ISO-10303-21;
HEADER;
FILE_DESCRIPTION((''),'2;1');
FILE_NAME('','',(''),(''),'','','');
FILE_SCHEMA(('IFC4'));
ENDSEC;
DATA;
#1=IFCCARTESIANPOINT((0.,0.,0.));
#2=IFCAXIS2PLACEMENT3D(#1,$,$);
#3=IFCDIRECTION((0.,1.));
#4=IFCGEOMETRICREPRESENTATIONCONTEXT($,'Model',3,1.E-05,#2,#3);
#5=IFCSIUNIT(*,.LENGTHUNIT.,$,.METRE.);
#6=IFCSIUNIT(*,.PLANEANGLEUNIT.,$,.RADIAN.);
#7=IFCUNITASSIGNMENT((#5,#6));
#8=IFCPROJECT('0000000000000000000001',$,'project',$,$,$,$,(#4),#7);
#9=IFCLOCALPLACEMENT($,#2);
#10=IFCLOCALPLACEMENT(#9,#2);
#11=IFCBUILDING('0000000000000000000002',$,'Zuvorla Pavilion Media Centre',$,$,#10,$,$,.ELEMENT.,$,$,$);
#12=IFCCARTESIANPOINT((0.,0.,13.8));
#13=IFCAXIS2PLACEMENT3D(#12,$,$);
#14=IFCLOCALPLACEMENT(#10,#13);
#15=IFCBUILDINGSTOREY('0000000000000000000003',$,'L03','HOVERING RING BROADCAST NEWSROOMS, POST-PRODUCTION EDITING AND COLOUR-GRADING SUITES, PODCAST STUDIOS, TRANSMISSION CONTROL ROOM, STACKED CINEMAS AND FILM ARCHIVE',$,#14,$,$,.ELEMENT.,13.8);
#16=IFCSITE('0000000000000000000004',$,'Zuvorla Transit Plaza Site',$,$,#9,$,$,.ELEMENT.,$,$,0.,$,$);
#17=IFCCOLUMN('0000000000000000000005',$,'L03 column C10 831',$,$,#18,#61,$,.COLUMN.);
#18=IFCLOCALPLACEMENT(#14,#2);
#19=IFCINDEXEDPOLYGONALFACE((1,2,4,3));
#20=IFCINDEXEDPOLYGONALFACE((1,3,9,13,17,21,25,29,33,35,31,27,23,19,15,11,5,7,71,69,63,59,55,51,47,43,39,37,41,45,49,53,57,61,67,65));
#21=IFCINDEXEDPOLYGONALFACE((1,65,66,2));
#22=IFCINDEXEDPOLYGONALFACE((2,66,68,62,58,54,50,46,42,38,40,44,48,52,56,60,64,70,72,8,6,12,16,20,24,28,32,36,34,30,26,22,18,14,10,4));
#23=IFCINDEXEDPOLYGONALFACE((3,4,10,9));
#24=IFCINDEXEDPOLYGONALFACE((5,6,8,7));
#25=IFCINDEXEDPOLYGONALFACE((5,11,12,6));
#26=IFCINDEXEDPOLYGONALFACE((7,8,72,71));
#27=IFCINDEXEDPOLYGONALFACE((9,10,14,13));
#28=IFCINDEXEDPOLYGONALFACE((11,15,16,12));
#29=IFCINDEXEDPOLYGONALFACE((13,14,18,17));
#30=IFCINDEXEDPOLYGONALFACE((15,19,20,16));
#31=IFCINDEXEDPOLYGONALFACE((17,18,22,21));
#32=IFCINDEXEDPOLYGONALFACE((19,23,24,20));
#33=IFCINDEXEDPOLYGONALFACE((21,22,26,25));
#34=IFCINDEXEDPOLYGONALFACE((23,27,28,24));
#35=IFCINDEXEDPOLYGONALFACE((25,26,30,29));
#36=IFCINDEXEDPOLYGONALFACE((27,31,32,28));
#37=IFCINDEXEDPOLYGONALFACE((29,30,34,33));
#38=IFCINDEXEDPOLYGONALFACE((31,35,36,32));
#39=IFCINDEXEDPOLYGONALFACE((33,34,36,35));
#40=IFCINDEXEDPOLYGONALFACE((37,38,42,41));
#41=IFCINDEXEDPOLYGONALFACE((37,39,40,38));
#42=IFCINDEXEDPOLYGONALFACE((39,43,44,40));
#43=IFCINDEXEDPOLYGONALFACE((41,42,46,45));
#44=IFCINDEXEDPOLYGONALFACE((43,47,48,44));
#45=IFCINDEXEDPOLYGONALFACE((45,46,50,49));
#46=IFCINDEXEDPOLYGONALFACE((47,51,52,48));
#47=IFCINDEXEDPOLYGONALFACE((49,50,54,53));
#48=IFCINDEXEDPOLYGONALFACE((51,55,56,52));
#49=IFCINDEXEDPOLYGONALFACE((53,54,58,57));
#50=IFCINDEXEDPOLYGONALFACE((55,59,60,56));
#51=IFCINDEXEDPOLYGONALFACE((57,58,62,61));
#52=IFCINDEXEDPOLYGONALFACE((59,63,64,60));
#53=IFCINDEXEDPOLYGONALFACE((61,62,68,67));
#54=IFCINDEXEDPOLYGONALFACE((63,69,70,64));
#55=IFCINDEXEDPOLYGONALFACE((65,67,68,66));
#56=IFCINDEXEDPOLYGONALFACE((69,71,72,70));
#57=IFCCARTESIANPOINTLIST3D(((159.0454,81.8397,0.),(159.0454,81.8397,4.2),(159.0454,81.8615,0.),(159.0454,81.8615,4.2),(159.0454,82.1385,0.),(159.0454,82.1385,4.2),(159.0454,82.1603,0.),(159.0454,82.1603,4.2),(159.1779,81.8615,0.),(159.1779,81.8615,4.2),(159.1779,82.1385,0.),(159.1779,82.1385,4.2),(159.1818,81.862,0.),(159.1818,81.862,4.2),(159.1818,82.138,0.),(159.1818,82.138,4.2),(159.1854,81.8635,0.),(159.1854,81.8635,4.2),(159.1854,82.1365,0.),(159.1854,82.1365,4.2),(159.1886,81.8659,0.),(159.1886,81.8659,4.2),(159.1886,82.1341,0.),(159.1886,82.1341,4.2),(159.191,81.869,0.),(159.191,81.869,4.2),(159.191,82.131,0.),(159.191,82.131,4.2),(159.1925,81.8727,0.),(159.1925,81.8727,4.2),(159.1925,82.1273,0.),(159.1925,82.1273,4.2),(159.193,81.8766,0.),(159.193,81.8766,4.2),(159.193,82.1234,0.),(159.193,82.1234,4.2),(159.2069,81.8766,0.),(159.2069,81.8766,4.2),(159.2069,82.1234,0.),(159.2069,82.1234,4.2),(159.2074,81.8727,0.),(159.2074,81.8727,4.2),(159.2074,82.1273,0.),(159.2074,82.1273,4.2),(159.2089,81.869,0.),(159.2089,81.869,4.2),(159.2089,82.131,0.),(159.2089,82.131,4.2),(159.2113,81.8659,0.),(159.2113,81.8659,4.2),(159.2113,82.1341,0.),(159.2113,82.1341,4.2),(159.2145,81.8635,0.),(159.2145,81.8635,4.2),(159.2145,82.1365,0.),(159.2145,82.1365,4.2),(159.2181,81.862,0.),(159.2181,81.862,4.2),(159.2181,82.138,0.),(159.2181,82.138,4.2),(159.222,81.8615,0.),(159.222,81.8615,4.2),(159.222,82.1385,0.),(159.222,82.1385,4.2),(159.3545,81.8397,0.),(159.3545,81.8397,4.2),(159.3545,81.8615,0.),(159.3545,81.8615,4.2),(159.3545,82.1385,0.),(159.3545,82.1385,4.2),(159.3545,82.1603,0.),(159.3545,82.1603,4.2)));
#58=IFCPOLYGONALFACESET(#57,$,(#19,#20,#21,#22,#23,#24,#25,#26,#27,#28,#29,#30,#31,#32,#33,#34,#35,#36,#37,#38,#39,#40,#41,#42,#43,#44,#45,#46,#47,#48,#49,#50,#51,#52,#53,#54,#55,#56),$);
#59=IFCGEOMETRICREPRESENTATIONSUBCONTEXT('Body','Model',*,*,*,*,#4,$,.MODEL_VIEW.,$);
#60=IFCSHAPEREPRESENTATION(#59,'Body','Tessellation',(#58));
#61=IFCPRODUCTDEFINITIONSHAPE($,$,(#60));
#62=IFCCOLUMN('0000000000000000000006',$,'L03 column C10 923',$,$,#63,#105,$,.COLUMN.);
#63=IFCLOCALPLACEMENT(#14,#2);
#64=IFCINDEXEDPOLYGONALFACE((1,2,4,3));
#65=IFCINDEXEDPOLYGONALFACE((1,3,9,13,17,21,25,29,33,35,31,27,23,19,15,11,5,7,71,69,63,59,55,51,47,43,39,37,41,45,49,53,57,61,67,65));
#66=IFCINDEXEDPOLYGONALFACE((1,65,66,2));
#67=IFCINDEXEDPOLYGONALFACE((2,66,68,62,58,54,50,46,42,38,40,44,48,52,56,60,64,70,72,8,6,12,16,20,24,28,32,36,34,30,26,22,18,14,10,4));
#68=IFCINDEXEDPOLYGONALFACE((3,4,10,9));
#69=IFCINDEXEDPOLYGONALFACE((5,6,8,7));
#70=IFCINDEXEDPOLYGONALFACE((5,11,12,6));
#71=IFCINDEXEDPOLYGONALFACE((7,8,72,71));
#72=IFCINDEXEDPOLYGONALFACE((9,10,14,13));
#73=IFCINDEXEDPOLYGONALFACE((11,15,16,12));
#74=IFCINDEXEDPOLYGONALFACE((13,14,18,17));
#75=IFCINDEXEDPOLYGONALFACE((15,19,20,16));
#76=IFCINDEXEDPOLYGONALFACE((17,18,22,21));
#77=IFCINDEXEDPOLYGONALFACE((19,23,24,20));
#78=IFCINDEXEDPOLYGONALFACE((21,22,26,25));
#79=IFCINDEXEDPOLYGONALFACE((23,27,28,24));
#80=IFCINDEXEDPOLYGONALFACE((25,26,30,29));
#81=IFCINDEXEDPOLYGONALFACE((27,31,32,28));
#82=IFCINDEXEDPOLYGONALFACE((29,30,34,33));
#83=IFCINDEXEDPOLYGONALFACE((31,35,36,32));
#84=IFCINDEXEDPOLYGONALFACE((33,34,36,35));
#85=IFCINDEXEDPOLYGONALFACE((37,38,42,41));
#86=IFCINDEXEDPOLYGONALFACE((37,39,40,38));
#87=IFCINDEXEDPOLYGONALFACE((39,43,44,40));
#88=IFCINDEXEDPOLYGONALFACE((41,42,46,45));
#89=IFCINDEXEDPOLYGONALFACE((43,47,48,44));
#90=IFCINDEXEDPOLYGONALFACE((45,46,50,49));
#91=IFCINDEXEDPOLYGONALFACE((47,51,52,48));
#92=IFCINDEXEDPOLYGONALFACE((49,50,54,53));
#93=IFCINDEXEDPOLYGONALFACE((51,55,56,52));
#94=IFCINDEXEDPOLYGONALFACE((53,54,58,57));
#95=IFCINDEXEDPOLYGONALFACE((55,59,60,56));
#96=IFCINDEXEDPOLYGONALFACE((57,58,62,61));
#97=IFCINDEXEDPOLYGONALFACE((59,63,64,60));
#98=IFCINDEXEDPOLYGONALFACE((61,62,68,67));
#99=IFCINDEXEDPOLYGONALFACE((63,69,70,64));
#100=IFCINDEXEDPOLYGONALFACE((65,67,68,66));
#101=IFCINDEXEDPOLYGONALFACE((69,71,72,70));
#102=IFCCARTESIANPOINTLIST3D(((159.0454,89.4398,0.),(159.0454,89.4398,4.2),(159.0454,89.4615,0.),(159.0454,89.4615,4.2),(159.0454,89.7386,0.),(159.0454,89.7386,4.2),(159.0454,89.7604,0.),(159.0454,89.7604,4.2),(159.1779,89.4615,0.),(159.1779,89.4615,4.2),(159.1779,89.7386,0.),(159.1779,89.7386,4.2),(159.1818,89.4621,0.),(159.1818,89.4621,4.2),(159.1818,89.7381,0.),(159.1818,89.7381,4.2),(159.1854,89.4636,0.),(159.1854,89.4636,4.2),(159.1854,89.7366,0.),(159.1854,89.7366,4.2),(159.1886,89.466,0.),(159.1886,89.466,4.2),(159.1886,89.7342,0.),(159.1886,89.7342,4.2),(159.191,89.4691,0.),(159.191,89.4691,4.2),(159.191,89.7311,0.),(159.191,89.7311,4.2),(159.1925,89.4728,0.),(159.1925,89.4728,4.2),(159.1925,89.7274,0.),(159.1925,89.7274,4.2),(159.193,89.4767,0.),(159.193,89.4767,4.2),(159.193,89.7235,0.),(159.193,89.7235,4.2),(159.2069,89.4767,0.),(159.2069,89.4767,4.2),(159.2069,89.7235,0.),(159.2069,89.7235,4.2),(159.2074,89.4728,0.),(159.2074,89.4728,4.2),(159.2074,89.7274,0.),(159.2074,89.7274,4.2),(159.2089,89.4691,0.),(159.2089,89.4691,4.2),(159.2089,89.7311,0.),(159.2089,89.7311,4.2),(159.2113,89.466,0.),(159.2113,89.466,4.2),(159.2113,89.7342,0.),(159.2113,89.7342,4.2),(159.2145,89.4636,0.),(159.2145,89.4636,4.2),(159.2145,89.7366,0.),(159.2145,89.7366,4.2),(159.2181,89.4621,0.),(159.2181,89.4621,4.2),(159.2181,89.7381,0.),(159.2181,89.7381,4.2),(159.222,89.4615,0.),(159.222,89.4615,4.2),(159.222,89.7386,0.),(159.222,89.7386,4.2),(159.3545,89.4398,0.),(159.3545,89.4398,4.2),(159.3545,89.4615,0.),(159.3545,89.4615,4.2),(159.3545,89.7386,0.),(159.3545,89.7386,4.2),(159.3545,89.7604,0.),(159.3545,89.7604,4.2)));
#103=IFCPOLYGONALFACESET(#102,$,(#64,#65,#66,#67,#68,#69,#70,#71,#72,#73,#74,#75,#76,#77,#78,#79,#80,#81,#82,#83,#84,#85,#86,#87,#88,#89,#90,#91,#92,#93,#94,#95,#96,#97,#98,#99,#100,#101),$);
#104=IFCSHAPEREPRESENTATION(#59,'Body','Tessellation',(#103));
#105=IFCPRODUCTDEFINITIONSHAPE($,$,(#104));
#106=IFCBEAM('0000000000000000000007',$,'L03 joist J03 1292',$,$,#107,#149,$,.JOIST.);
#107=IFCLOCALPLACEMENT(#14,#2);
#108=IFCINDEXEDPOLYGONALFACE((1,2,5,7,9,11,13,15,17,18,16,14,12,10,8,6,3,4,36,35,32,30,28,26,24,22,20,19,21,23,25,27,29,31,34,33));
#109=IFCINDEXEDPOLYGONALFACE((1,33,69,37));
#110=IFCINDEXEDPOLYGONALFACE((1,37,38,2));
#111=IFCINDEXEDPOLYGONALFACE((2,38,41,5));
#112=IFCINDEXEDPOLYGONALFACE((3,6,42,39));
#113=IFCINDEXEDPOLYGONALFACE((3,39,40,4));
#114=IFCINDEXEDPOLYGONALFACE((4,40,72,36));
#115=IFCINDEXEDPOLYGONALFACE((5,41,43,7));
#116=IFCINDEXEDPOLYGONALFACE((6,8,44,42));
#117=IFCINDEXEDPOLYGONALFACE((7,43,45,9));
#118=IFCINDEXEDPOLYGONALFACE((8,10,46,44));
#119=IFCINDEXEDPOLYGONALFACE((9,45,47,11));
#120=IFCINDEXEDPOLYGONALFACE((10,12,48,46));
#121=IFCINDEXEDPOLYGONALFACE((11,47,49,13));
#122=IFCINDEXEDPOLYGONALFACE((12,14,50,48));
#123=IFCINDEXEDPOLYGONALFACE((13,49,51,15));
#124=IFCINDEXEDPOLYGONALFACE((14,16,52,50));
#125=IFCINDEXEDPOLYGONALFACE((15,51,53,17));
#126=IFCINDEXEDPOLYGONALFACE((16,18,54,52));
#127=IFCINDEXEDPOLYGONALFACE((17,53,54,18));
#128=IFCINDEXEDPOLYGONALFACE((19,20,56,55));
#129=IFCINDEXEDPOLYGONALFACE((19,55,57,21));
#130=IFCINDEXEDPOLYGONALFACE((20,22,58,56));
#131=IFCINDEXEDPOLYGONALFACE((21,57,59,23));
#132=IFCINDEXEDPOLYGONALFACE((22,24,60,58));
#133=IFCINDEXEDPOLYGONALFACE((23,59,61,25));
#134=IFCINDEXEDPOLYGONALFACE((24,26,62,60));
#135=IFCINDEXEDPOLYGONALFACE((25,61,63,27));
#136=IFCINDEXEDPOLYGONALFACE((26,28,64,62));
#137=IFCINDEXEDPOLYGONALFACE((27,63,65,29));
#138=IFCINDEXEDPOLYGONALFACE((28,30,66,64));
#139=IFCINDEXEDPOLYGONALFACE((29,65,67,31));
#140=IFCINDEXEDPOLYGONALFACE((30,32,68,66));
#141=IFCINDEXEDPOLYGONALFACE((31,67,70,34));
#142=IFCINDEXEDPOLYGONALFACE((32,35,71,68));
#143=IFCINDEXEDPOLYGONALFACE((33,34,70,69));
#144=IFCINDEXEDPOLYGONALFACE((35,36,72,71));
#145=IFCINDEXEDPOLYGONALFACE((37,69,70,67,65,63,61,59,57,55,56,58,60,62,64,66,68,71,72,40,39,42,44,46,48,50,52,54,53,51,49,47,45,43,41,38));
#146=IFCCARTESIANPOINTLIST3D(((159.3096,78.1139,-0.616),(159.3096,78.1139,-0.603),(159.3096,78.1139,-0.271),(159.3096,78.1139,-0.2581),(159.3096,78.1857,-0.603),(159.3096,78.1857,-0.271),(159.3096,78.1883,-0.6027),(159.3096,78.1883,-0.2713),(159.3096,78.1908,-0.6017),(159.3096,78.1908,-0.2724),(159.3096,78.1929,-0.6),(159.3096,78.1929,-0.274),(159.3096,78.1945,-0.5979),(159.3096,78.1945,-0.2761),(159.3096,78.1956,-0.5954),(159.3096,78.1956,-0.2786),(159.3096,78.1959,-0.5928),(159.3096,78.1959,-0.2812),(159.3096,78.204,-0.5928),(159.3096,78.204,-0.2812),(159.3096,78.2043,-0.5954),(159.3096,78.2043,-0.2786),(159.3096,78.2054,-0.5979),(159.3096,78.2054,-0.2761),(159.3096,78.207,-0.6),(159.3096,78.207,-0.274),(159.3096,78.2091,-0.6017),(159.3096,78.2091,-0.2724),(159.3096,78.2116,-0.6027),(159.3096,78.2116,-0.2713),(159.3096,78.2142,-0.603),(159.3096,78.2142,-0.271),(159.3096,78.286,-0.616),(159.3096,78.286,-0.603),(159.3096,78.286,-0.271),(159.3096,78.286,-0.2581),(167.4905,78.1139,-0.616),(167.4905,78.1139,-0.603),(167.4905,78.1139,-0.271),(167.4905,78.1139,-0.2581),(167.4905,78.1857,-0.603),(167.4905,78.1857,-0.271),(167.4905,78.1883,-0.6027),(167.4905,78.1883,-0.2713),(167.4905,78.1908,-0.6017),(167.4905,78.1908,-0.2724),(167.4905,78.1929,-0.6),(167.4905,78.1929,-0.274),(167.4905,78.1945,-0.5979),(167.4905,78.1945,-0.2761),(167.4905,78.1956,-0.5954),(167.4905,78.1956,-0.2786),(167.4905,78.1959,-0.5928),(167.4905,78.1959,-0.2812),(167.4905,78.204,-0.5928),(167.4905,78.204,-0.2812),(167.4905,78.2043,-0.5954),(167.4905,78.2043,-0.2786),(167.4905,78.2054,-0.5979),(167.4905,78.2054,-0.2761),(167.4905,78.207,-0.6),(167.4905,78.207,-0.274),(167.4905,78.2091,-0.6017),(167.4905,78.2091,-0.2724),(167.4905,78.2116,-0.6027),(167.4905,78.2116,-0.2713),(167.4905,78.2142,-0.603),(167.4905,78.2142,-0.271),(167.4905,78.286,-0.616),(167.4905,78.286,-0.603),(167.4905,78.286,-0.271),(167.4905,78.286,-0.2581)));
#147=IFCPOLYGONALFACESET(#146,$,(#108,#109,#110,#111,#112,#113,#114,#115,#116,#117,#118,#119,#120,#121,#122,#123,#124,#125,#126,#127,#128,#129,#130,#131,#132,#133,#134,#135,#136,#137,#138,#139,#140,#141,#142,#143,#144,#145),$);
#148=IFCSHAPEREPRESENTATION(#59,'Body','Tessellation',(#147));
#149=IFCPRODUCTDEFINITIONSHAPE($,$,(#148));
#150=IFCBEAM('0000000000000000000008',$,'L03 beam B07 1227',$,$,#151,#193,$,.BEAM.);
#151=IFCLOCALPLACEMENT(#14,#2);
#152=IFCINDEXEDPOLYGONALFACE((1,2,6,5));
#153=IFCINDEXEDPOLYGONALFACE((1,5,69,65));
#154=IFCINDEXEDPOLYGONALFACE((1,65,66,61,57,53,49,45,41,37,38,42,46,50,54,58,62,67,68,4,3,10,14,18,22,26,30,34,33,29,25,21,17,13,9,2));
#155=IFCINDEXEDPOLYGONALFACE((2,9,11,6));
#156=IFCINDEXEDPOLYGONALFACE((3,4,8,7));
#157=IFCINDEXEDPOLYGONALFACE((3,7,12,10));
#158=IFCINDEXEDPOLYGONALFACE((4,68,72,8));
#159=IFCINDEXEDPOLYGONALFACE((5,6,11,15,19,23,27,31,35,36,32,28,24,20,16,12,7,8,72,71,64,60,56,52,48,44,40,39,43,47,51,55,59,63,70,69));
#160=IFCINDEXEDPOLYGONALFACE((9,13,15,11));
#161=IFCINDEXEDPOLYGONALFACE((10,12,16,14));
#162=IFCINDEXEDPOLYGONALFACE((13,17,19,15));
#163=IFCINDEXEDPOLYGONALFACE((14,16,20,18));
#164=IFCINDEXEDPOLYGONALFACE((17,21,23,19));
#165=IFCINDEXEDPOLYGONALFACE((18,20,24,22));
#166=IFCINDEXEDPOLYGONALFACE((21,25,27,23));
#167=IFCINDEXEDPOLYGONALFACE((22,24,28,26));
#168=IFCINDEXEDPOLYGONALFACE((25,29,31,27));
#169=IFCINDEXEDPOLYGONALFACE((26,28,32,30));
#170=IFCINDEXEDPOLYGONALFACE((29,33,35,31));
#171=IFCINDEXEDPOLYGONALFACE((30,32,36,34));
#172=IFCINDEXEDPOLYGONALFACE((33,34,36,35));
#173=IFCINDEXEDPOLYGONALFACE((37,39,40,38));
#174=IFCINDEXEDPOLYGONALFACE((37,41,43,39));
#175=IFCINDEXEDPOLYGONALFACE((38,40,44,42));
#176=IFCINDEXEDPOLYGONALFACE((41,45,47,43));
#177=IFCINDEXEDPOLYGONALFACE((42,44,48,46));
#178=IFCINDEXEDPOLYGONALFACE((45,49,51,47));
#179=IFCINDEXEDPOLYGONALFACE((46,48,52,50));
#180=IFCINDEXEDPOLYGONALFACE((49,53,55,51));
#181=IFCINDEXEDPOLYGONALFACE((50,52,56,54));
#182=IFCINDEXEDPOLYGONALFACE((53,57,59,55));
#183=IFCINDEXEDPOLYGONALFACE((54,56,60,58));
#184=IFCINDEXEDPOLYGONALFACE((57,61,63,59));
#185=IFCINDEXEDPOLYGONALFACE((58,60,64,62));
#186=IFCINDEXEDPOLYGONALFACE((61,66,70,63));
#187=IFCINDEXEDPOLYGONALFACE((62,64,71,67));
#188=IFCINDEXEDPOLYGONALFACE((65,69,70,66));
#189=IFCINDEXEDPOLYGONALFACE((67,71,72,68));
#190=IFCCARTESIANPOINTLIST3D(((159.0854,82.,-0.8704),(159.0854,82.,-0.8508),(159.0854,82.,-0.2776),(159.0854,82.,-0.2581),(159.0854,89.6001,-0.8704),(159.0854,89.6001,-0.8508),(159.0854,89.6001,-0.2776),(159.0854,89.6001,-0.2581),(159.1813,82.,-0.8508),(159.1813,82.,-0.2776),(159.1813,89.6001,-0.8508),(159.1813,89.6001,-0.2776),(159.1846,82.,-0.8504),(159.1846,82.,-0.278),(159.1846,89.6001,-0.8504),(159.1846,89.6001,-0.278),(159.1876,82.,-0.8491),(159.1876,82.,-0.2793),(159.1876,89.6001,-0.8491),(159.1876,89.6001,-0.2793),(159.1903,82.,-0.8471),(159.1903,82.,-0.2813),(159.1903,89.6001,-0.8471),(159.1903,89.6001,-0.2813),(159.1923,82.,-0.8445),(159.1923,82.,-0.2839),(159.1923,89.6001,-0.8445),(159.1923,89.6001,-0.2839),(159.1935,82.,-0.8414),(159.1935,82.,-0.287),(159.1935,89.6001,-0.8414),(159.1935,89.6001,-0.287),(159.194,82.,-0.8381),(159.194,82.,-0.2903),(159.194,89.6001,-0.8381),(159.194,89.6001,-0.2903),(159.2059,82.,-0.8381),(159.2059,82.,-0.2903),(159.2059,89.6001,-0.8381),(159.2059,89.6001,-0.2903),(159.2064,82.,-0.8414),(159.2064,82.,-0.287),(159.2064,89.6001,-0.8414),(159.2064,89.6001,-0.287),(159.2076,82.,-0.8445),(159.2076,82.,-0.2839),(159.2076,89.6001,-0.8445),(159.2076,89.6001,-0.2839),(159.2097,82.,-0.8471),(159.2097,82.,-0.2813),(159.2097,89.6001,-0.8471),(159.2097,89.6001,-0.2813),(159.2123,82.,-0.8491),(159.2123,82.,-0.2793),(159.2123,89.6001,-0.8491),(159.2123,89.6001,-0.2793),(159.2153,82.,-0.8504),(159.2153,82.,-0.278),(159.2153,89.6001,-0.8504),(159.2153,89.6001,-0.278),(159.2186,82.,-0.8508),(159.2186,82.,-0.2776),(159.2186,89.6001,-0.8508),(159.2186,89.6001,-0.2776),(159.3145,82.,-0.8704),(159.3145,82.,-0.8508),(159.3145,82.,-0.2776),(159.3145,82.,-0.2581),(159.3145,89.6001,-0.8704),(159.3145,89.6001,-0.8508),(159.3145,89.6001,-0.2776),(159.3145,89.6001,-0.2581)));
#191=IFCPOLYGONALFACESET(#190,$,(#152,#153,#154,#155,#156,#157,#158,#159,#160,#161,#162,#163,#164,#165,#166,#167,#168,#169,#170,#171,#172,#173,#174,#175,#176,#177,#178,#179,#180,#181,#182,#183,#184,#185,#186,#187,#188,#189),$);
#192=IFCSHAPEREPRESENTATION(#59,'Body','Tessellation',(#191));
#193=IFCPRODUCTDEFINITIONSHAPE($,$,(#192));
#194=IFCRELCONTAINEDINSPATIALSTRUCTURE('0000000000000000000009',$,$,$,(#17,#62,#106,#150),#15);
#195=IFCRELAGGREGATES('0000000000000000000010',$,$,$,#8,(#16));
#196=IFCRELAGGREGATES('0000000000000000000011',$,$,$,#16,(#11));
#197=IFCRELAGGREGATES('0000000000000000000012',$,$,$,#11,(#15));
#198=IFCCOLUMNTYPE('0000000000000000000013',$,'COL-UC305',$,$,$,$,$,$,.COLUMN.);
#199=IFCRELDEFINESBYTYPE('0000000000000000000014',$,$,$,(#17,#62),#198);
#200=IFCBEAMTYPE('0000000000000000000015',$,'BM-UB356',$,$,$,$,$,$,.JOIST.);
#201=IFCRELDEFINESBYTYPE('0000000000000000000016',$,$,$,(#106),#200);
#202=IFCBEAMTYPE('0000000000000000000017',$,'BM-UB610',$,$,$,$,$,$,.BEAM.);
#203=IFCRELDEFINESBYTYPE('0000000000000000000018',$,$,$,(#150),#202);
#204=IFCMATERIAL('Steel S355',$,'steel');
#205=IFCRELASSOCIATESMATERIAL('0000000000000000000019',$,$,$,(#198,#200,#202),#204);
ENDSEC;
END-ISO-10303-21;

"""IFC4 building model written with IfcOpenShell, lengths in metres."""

from ifc_helpers import new_model, si_unit, direction, frame, origin, origin_2d, place, context, subcontext, project, spatial, i_section, extrude, material, material_profile, profile_set, type_object, element, save


model = new_model("IFC4")

# Units and contexts
model_context = context("Model", 3, precision=1e-05, world=origin(), true_north=direction((0.0, 1.0)))
body_context = subcontext(model_context, "Body", "Model", "MODEL_VIEW")
ifc_project = project(units=[si_unit("LENGTHUNIT", "METRE"), si_unit("PLANEANGLEUNIT", "RADIAN")], contexts=[model_context])

# Site, building, storey
site_placement = place(None, origin())
site = spatial("IfcSite", under=ifc_project, at=site_placement, Name="Zuvorla Transit Plaza Site", CompositionType="ELEMENT", RefElevation=0.0)
building_placement = place(site_placement, origin())
building = spatial("IfcBuilding", under=site, at=building_placement, Name="Zuvorla Pavilion Media Centre", CompositionType="ELEMENT")
storey_placement = place(building_placement, frame((0.0, 0.0, 13.8)))
storey = spatial("IfcBuildingStorey", under=building, at=storey_placement, Name="L03", Description="HOVERING RING BROADCAST NEWSROOMS, POST-PRODUCTION EDITING AND COLOUR-GRADING SUITES, PODCAST STUDIOS, TRANSMISSION CONTROL ROOM, STACKED CINEMAS AND FILM ARCHIVE", CompositionType="ELEMENT", Elevation=13.8)

# Columns
ifc_material_1 = material(Name="Steel S355", Category="steel")
ifc_material_profile_1 = material_profile(ifc_material_1, i_section(OverallWidth=0.3091, OverallDepth=0.3206, WebThickness=0.0139, FlangeThickness=0.0217, FilletRadius=0.0151, at=origin_2d()), Name="UC 305x305x137")
ifc_profile_set_1 = profile_set([ifc_material_profile_1], Name="Steel S355")
column_type = type_object("IfcColumnType", Name="COL-UC305", PredefinedType="COLUMN", material=ifc_profile_set_1)
for number, where, z_axis, x_axis, name in (
    (1, (159.2, 82.0, 0.0), (0.0, 0.0, 1.0), (1.0, 0.0, 0.0), "L03 column C10 831"),
    (2, (159.2, 89.6001, 0.0), (0.0, 0.0, 1.0), (1.0, 0.0, 0.0), "L03 column C10 923"),
):
    element("IfcColumn", number, at=place(storey_placement, frame(where, z_axis=z_axis, x_axis=x_axis)), inside=storey, type_object=column_type, Name=name, PredefinedType="COLUMN", context=body_context, shape_type="SweptSolid", body=[
        extrude(i_section(OverallWidth=0.3091, OverallDepth=0.3206, WebThickness=0.0139, FlangeThickness=0.0217, FilletRadius=0.0151, at=origin_2d()), origin(), (0.0, 0.0, 1.0), 4.2),
    ])

# Beams
ifc_material_profile_2 = material_profile(ifc_material_1, i_section(OverallWidth=0.1721, OverallDepth=0.3579, WebThickness=0.0081, FlangeThickness=0.0129, FilletRadius=0.0103, at=origin_2d()), Name="UB 356x171x57")
ifc_profile_set_2 = profile_set([ifc_material_profile_2], Name="Steel S355")
beam_type_1 = type_object("IfcBeamType", Name="BM-UB356", PredefinedType="JOIST", material=ifc_profile_set_2)
beam_1_placement = place(storey_placement, frame((159.3096, 78.2, -0.437), z_axis=(1.0, 0.0, 0.0), x_axis=(0.0, 1.0, 0.0)))
element("IfcBeam", 3, at=beam_1_placement, inside=storey, type_object=beam_type_1, Name="L03 joist J03 1292", PredefinedType="JOIST", context=body_context, shape_type="SweptSolid", body=[
    extrude(i_section(OverallWidth=0.1721, OverallDepth=0.3579, WebThickness=0.0081, FlangeThickness=0.0129, FilletRadius=0.0103, at=origin_2d()), origin(), (0.0, 0.0, 1.0), 8.1809),
])
ifc_material_profile_3 = material_profile(ifc_material_1, i_section(OverallWidth=0.229, OverallDepth=0.6123, WebThickness=0.012, FlangeThickness=0.0195, FilletRadius=0.0127, at=origin_2d()), Name="UB 610x229x125")
ifc_profile_set_3 = profile_set([ifc_material_profile_3], Name="Steel S355")
beam_type_2 = type_object("IfcBeamType", Name="BM-UB610", PredefinedType="BEAM", material=ifc_profile_set_3)
beam_2_placement = place(storey_placement, frame((159.2, 82.0, -0.5642), z_axis=(0.0, 1.0, 0.0), x_axis=(-1.0, 0.0, 0.0)))
element("IfcBeam", 4, at=beam_2_placement, inside=storey, type_object=beam_type_2, Name="L03 beam B07 1227", PredefinedType="BEAM", context=body_context, shape_type="SweptSolid", body=[
    extrude(i_section(OverallWidth=0.229, OverallDepth=0.6123, WebThickness=0.012, FlangeThickness=0.0195, FilletRadius=0.0127, at=origin_2d()), origin(), (0.0, 0.0, 1.0), 7.6001),
])

save(model, "model.ifc")
